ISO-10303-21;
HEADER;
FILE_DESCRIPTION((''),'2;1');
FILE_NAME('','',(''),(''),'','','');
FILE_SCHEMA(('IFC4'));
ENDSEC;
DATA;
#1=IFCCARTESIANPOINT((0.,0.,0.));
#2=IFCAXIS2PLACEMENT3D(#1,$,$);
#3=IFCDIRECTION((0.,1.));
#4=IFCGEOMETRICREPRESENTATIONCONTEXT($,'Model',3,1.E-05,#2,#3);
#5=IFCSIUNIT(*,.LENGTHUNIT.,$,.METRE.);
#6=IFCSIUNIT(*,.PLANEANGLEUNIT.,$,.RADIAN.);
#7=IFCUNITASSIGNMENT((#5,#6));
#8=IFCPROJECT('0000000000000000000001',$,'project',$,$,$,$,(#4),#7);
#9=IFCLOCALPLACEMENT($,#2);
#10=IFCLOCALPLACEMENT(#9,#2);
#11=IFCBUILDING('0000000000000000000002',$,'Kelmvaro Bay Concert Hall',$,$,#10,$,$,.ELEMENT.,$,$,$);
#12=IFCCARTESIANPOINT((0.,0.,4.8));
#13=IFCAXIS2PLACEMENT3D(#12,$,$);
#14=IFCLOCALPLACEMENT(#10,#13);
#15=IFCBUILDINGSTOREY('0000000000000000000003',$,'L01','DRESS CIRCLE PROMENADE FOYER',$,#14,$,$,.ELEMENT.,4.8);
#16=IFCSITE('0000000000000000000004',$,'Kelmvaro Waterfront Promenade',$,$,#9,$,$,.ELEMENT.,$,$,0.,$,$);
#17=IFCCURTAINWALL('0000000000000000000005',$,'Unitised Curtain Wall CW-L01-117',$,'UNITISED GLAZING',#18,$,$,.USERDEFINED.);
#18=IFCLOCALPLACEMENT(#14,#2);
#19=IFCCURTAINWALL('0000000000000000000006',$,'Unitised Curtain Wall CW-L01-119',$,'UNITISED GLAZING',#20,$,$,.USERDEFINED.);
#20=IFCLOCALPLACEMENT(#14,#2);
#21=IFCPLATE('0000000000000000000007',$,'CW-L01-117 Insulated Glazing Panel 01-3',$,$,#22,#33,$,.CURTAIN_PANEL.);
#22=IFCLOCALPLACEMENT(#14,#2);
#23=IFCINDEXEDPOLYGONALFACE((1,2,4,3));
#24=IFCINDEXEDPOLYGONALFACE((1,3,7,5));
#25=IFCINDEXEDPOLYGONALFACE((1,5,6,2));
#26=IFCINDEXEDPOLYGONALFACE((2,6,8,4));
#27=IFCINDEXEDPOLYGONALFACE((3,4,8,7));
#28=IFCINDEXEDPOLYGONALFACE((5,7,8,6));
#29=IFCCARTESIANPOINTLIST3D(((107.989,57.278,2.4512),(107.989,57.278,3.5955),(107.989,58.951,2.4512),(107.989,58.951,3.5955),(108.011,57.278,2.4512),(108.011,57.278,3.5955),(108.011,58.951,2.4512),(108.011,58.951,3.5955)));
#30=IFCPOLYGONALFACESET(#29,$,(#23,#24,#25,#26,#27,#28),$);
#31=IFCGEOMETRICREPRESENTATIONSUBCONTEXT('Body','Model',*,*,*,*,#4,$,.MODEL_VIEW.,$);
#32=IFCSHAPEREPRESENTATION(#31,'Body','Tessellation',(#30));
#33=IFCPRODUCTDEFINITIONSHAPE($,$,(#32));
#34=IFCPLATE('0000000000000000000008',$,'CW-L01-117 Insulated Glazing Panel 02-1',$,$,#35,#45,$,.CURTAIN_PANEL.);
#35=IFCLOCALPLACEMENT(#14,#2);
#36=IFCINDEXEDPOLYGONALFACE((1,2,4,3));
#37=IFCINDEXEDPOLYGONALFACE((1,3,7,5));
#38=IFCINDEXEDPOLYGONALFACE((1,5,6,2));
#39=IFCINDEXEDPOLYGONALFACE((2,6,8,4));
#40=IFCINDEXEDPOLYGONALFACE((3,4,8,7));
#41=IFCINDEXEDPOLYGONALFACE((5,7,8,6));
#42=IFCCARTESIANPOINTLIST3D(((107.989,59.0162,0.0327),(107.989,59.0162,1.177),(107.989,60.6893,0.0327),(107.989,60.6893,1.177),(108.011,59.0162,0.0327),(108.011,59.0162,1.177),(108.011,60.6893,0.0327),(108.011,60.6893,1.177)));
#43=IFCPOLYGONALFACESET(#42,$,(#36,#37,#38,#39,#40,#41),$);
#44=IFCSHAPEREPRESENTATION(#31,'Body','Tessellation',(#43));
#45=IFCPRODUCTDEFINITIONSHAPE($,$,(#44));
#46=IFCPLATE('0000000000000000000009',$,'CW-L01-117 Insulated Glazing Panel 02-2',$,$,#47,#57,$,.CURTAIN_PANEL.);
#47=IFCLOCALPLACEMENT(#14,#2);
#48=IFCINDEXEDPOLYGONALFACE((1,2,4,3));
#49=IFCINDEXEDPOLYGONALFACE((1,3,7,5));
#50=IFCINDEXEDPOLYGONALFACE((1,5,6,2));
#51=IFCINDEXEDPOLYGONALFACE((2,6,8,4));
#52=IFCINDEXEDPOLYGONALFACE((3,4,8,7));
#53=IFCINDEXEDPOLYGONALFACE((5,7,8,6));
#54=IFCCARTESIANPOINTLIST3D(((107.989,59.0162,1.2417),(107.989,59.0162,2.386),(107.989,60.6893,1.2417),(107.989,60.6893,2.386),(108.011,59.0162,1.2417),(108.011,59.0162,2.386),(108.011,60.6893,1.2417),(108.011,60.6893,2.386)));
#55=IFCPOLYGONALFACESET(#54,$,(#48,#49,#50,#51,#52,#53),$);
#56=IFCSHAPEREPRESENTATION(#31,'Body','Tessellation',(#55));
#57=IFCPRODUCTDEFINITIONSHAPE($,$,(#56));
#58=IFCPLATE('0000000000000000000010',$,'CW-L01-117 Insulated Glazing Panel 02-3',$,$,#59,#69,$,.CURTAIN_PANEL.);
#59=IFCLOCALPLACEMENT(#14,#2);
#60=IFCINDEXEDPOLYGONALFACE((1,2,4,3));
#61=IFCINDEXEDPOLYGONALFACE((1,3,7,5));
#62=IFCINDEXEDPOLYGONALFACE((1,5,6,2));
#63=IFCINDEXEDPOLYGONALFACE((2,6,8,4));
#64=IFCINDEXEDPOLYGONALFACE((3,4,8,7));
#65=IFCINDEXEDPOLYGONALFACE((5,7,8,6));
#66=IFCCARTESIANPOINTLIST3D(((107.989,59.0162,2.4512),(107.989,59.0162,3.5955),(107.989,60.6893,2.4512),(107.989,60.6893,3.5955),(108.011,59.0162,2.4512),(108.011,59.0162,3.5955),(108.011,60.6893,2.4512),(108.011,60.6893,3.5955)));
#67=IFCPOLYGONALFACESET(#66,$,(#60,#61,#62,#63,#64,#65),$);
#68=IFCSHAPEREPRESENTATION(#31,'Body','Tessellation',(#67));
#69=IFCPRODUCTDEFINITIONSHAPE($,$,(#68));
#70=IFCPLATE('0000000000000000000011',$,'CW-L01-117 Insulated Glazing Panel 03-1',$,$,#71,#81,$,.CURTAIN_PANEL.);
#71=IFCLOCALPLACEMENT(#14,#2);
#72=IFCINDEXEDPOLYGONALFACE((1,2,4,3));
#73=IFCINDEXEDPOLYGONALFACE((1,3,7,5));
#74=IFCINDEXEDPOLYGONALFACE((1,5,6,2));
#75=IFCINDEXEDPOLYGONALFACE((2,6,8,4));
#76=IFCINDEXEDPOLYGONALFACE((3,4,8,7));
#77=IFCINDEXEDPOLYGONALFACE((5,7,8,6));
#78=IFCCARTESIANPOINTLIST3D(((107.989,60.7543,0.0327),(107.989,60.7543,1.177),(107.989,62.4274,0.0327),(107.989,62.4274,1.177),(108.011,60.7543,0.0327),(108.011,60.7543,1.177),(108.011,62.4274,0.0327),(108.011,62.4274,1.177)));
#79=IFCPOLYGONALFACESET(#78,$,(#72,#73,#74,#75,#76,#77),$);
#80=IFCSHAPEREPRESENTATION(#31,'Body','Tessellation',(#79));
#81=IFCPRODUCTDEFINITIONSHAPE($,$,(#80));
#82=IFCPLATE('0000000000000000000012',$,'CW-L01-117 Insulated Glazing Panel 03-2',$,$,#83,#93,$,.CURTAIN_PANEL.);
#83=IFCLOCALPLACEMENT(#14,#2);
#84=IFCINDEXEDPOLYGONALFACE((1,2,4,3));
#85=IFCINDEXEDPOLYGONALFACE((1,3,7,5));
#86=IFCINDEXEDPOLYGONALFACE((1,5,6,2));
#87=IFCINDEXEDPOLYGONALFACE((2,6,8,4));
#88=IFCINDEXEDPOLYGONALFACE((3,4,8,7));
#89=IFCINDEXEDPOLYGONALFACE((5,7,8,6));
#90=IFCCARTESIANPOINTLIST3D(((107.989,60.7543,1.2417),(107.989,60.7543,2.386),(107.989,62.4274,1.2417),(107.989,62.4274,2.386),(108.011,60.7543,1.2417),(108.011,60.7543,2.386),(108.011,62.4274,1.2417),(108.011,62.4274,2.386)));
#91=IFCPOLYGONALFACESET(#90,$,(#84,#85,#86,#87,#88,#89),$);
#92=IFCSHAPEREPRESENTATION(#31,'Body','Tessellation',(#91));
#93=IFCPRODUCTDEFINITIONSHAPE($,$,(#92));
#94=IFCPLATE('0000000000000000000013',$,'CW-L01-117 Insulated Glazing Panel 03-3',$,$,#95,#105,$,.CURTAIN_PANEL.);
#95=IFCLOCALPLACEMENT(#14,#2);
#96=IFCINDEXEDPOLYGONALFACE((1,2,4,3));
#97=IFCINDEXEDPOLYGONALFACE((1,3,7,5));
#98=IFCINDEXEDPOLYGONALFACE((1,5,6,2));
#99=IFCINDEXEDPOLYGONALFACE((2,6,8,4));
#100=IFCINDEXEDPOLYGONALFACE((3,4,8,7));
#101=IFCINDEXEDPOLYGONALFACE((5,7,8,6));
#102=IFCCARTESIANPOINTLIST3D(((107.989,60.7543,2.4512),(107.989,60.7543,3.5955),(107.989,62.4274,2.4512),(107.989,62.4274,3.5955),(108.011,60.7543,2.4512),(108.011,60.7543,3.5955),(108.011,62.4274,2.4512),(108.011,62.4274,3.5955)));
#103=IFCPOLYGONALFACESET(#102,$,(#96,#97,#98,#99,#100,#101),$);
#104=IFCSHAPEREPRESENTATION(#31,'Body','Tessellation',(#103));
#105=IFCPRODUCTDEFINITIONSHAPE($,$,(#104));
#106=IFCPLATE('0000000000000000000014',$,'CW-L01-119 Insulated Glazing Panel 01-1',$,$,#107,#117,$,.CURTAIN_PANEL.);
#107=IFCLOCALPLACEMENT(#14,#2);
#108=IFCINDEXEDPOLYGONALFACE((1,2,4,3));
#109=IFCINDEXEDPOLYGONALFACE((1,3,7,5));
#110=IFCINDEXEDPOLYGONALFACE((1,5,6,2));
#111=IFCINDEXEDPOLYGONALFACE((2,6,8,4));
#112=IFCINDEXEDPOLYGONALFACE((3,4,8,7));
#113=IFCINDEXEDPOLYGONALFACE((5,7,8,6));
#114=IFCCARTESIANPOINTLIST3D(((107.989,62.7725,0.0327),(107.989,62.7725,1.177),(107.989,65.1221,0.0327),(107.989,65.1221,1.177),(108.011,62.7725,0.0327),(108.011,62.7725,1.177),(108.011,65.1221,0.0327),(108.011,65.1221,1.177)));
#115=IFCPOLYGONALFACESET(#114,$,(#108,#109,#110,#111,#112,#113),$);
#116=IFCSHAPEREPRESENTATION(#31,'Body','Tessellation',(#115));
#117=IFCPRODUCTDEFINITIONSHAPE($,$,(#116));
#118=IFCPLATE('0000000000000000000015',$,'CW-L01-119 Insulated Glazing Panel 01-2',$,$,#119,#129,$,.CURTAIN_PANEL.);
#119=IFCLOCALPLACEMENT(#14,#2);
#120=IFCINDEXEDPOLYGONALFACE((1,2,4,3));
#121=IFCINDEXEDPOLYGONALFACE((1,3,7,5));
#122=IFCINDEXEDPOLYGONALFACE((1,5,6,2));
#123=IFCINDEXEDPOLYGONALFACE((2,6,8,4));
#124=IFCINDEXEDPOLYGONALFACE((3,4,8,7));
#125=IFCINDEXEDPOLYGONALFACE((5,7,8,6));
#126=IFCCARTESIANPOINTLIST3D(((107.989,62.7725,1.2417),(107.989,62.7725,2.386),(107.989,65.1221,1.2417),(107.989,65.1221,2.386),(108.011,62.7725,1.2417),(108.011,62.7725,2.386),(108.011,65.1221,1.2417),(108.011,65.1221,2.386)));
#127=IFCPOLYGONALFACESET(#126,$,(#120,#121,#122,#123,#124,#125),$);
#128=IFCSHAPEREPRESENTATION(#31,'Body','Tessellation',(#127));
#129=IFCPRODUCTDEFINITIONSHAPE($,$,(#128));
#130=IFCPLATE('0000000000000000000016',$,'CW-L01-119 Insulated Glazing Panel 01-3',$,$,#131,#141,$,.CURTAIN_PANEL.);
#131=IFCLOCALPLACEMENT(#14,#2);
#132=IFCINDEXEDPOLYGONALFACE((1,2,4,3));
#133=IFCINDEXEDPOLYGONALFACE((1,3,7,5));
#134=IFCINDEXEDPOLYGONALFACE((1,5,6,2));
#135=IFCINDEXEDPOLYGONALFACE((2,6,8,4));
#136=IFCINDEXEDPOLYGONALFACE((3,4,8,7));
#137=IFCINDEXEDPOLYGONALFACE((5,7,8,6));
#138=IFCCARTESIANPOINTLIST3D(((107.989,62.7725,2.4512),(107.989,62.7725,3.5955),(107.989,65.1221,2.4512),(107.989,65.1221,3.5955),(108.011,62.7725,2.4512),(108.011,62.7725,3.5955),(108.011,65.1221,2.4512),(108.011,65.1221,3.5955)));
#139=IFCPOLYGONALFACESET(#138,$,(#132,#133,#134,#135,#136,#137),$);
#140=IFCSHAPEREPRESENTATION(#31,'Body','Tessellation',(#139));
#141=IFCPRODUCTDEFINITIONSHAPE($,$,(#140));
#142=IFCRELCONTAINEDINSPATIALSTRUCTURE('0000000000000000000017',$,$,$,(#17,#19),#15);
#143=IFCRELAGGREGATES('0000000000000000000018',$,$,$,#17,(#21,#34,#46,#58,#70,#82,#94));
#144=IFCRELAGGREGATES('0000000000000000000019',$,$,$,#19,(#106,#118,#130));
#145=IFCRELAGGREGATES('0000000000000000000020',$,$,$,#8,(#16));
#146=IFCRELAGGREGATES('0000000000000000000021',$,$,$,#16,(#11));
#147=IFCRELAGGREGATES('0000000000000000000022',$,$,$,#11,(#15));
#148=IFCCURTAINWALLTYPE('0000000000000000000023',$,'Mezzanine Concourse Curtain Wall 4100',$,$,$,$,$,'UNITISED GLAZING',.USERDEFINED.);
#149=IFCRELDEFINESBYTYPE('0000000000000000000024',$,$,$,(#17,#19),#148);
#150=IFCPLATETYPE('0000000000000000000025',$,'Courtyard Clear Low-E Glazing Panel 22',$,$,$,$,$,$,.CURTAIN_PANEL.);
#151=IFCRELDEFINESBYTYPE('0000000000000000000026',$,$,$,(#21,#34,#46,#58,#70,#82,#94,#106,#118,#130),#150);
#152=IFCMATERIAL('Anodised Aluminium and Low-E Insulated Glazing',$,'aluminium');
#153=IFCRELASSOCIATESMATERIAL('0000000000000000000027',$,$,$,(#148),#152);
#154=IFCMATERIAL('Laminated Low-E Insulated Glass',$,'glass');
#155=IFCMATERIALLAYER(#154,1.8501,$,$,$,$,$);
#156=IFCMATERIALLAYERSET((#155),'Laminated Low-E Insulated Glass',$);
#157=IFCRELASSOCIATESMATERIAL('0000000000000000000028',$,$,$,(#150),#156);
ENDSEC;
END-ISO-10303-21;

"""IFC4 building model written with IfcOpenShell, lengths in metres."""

from ifc_helpers import new_model, si_unit, direction, frame, origin, origin_2d, place, context, subcontext, project, spatial, rectangle, extrude, material, layer, layer_set, type_object, element, aggregate, save


model = new_model("IFC4")

# Units and contexts
model_context = context("Model", 3, precision=1e-05, world=origin(), true_north=direction((0.0, 1.0)))
body_context = subcontext(model_context, "Body", "Model", "MODEL_VIEW")
ifc_project = project(units=[si_unit("LENGTHUNIT", "METRE"), si_unit("PLANEANGLEUNIT", "RADIAN")], contexts=[model_context])

# Site, building, storey
site_placement = place(None, origin())
site = spatial("IfcSite", under=ifc_project, at=site_placement, Name="Kelmvaro Waterfront Promenade", CompositionType="ELEMENT", RefElevation=0.0)
building_placement = place(site_placement, origin())
building = spatial("IfcBuilding", under=site, at=building_placement, Name="Kelmvaro Bay Concert Hall", CompositionType="ELEMENT")
storey_placement = place(building_placement, frame((0.0, 0.0, 4.8)))
storey = spatial("IfcBuildingStorey", under=building, at=storey_placement, Name="L01", Description="DRESS CIRCLE PROMENADE FOYER", CompositionType="ELEMENT", Elevation=4.8)

# Curtain walls
ifc_material_1 = material(Name="Anodised Aluminium and Low-E Insulated Glazing", Category="aluminium")
curtain_wall_type = type_object("IfcCurtainWallType", Name="Mezzanine Concourse Curtain Wall 4100", ElementType="UNITISED GLAZING", PredefinedType="USERDEFINED", material=ifc_material_1)
curtain_wall_1_placement = place(storey_placement, origin())
curtain_wall_1 = element("IfcCurtainWall", 1, at=curtain_wall_1_placement, inside=storey, type_object=curtain_wall_type, Name="Unitised Curtain Wall CW-L01-117", ObjectType="UNITISED GLAZING", PredefinedType="USERDEFINED")
curtain_wall_2_placement = place(storey_placement, origin())
curtain_wall_2 = element("IfcCurtainWall", 2, at=curtain_wall_2_placement, inside=storey, type_object=curtain_wall_type, Name="Unitised Curtain Wall CW-L01-119", ObjectType="UNITISED GLAZING", PredefinedType="USERDEFINED")

# Plates
ifc_material_2 = material(Name="Laminated Low-E Insulated Glass", Category="glass")
ifc_layer = layer(ifc_material_2, 1.8501)
ifc_layer_set = layer_set([ifc_layer], Name="Laminated Low-E Insulated Glass")
plate_type = type_object("IfcPlateType", Name="Courtyard Clear Low-E Glazing Panel 22", PredefinedType="CURTAIN_PANEL", material=ifc_layer_set)
plate_1_placement = place(storey_placement, frame((108.0, 58.1145, 2.4512), z_axis=(0.0, 0.0, 1.0), x_axis=(0.0, 1.0, 0.0)))
plate_1 = element("IfcPlate", 3, at=plate_1_placement, type_object=plate_type, Name="CW-L01-117 Insulated Glazing Panel 01-3", PredefinedType="CURTAIN_PANEL", context=body_context, shape_type="SweptSolid", body=[
    extrude(rectangle(XDim=1.6731, YDim=0.022, at=origin_2d()), origin(), (0.0, 0.0, 1.0), 1.1443),
])
plate_2_placement = place(storey_placement, frame((108.0, 59.8528, 0.0327), z_axis=(0.0, 0.0, 1.0), x_axis=(0.0, 1.0, 0.0)))
plate_2 = element("IfcPlate", 4, at=plate_2_placement, type_object=plate_type, Name="CW-L01-117 Insulated Glazing Panel 02-1", PredefinedType="CURTAIN_PANEL", context=body_context, shape_type="SweptSolid", body=[
    extrude(rectangle(XDim=1.6731, YDim=0.022, at=origin_2d()), origin(), (0.0, 0.0, 1.0), 1.1443),
])
plate_3_placement = place(storey_placement, frame((108.0, 59.8528, 1.2417), z_axis=(0.0, 0.0, 1.0), x_axis=(0.0, 1.0, 0.0)))
plate_3 = element("IfcPlate", 5, at=plate_3_placement, type_object=plate_type, Name="CW-L01-117 Insulated Glazing Panel 02-2", PredefinedType="CURTAIN_PANEL", context=body_context, shape_type="SweptSolid", body=[
    extrude(rectangle(XDim=1.6731, YDim=0.022, at=origin_2d()), origin(), (0.0, 0.0, 1.0), 1.1443),
])
plate_4_placement = place(storey_placement, frame((108.0, 59.8528, 2.4512), z_axis=(0.0, 0.0, 1.0), x_axis=(0.0, 1.0, 0.0)))
plate_4 = element("IfcPlate", 6, at=plate_4_placement, type_object=plate_type, Name="CW-L01-117 Insulated Glazing Panel 02-3", PredefinedType="CURTAIN_PANEL", context=body_context, shape_type="SweptSolid", body=[
    extrude(rectangle(XDim=1.6731, YDim=0.022, at=origin_2d()), origin(), (0.0, 0.0, 1.0), 1.1443),
])
plate_5_placement = place(storey_placement, frame((108.0, 61.5908, 0.0327), z_axis=(0.0, 0.0, 1.0), x_axis=(0.0, 1.0, 0.0)))
plate_5 = element("IfcPlate", 7, at=plate_5_placement, type_object=plate_type, Name="CW-L01-117 Insulated Glazing Panel 03-1", PredefinedType="CURTAIN_PANEL", context=body_context, shape_type="SweptSolid", body=[
    extrude(rectangle(XDim=1.6731, YDim=0.022, at=origin_2d()), origin(), (0.0, 0.0, 1.0), 1.1443),
])
plate_6_placement = place(storey_placement, frame((108.0, 61.5908, 1.2417), z_axis=(0.0, 0.0, 1.0), x_axis=(0.0, 1.0, 0.0)))
plate_6 = element("IfcPlate", 8, at=plate_6_placement, type_object=plate_type, Name="CW-L01-117 Insulated Glazing Panel 03-2", PredefinedType="CURTAIN_PANEL", context=body_context, shape_type="SweptSolid", body=[
    extrude(rectangle(XDim=1.6731, YDim=0.022, at=origin_2d()), origin(), (0.0, 0.0, 1.0), 1.1443),
])
plate_7_placement = place(storey_placement, frame((108.0, 61.5908, 2.4512), z_axis=(0.0, 0.0, 1.0), x_axis=(0.0, 1.0, 0.0)))
plate_7 = element("IfcPlate", 9, at=plate_7_placement, type_object=plate_type, Name="CW-L01-117 Insulated Glazing Panel 03-3", PredefinedType="CURTAIN_PANEL", context=body_context, shape_type="SweptSolid", body=[
    extrude(rectangle(XDim=1.6731, YDim=0.022, at=origin_2d()), origin(), (0.0, 0.0, 1.0), 1.1443),
])
aggregate(curtain_wall_1, [plate_1, plate_2, plate_3, plate_4, plate_5, plate_6, plate_7])
plate_8_placement = place(storey_placement, frame((108.0, 63.9473, 0.0327), z_axis=(0.0, 0.0, 1.0), x_axis=(0.0, 1.0, 0.0)))
plate_8 = element("IfcPlate", 10, at=plate_8_placement, type_object=plate_type, Name="CW-L01-119 Insulated Glazing Panel 01-1", PredefinedType="CURTAIN_PANEL", context=body_context, shape_type="SweptSolid", body=[
    extrude(rectangle(XDim=2.3496, YDim=0.022, at=origin_2d()), origin(), (0.0, 0.0, 1.0), 1.1443),
])
plate_9_placement = place(storey_placement, frame((108.0, 63.9473, 1.2417), z_axis=(0.0, 0.0, 1.0), x_axis=(0.0, 1.0, 0.0)))
plate_9 = element("IfcPlate", 11, at=plate_9_placement, type_object=plate_type, Name="CW-L01-119 Insulated Glazing Panel 01-2", PredefinedType="CURTAIN_PANEL", context=body_context, shape_type="SweptSolid", body=[
    extrude(rectangle(XDim=2.3496, YDim=0.022, at=origin_2d()), origin(), (0.0, 0.0, 1.0), 1.1443),
])
plate_10_placement = place(storey_placement, frame((108.0, 63.9473, 2.4512), z_axis=(0.0, 0.0, 1.0), x_axis=(0.0, 1.0, 0.0)))
plate_10 = element("IfcPlate", 12, at=plate_10_placement, type_object=plate_type, Name="CW-L01-119 Insulated Glazing Panel 01-3", PredefinedType="CURTAIN_PANEL", context=body_context, shape_type="SweptSolid", body=[
    extrude(rectangle(XDim=2.3496, YDim=0.022, at=origin_2d()), origin(), (0.0, 0.0, 1.0), 1.1443),
])
aggregate(curtain_wall_2, [plate_8, plate_9, plate_10])

save(model, "model.ifc")
